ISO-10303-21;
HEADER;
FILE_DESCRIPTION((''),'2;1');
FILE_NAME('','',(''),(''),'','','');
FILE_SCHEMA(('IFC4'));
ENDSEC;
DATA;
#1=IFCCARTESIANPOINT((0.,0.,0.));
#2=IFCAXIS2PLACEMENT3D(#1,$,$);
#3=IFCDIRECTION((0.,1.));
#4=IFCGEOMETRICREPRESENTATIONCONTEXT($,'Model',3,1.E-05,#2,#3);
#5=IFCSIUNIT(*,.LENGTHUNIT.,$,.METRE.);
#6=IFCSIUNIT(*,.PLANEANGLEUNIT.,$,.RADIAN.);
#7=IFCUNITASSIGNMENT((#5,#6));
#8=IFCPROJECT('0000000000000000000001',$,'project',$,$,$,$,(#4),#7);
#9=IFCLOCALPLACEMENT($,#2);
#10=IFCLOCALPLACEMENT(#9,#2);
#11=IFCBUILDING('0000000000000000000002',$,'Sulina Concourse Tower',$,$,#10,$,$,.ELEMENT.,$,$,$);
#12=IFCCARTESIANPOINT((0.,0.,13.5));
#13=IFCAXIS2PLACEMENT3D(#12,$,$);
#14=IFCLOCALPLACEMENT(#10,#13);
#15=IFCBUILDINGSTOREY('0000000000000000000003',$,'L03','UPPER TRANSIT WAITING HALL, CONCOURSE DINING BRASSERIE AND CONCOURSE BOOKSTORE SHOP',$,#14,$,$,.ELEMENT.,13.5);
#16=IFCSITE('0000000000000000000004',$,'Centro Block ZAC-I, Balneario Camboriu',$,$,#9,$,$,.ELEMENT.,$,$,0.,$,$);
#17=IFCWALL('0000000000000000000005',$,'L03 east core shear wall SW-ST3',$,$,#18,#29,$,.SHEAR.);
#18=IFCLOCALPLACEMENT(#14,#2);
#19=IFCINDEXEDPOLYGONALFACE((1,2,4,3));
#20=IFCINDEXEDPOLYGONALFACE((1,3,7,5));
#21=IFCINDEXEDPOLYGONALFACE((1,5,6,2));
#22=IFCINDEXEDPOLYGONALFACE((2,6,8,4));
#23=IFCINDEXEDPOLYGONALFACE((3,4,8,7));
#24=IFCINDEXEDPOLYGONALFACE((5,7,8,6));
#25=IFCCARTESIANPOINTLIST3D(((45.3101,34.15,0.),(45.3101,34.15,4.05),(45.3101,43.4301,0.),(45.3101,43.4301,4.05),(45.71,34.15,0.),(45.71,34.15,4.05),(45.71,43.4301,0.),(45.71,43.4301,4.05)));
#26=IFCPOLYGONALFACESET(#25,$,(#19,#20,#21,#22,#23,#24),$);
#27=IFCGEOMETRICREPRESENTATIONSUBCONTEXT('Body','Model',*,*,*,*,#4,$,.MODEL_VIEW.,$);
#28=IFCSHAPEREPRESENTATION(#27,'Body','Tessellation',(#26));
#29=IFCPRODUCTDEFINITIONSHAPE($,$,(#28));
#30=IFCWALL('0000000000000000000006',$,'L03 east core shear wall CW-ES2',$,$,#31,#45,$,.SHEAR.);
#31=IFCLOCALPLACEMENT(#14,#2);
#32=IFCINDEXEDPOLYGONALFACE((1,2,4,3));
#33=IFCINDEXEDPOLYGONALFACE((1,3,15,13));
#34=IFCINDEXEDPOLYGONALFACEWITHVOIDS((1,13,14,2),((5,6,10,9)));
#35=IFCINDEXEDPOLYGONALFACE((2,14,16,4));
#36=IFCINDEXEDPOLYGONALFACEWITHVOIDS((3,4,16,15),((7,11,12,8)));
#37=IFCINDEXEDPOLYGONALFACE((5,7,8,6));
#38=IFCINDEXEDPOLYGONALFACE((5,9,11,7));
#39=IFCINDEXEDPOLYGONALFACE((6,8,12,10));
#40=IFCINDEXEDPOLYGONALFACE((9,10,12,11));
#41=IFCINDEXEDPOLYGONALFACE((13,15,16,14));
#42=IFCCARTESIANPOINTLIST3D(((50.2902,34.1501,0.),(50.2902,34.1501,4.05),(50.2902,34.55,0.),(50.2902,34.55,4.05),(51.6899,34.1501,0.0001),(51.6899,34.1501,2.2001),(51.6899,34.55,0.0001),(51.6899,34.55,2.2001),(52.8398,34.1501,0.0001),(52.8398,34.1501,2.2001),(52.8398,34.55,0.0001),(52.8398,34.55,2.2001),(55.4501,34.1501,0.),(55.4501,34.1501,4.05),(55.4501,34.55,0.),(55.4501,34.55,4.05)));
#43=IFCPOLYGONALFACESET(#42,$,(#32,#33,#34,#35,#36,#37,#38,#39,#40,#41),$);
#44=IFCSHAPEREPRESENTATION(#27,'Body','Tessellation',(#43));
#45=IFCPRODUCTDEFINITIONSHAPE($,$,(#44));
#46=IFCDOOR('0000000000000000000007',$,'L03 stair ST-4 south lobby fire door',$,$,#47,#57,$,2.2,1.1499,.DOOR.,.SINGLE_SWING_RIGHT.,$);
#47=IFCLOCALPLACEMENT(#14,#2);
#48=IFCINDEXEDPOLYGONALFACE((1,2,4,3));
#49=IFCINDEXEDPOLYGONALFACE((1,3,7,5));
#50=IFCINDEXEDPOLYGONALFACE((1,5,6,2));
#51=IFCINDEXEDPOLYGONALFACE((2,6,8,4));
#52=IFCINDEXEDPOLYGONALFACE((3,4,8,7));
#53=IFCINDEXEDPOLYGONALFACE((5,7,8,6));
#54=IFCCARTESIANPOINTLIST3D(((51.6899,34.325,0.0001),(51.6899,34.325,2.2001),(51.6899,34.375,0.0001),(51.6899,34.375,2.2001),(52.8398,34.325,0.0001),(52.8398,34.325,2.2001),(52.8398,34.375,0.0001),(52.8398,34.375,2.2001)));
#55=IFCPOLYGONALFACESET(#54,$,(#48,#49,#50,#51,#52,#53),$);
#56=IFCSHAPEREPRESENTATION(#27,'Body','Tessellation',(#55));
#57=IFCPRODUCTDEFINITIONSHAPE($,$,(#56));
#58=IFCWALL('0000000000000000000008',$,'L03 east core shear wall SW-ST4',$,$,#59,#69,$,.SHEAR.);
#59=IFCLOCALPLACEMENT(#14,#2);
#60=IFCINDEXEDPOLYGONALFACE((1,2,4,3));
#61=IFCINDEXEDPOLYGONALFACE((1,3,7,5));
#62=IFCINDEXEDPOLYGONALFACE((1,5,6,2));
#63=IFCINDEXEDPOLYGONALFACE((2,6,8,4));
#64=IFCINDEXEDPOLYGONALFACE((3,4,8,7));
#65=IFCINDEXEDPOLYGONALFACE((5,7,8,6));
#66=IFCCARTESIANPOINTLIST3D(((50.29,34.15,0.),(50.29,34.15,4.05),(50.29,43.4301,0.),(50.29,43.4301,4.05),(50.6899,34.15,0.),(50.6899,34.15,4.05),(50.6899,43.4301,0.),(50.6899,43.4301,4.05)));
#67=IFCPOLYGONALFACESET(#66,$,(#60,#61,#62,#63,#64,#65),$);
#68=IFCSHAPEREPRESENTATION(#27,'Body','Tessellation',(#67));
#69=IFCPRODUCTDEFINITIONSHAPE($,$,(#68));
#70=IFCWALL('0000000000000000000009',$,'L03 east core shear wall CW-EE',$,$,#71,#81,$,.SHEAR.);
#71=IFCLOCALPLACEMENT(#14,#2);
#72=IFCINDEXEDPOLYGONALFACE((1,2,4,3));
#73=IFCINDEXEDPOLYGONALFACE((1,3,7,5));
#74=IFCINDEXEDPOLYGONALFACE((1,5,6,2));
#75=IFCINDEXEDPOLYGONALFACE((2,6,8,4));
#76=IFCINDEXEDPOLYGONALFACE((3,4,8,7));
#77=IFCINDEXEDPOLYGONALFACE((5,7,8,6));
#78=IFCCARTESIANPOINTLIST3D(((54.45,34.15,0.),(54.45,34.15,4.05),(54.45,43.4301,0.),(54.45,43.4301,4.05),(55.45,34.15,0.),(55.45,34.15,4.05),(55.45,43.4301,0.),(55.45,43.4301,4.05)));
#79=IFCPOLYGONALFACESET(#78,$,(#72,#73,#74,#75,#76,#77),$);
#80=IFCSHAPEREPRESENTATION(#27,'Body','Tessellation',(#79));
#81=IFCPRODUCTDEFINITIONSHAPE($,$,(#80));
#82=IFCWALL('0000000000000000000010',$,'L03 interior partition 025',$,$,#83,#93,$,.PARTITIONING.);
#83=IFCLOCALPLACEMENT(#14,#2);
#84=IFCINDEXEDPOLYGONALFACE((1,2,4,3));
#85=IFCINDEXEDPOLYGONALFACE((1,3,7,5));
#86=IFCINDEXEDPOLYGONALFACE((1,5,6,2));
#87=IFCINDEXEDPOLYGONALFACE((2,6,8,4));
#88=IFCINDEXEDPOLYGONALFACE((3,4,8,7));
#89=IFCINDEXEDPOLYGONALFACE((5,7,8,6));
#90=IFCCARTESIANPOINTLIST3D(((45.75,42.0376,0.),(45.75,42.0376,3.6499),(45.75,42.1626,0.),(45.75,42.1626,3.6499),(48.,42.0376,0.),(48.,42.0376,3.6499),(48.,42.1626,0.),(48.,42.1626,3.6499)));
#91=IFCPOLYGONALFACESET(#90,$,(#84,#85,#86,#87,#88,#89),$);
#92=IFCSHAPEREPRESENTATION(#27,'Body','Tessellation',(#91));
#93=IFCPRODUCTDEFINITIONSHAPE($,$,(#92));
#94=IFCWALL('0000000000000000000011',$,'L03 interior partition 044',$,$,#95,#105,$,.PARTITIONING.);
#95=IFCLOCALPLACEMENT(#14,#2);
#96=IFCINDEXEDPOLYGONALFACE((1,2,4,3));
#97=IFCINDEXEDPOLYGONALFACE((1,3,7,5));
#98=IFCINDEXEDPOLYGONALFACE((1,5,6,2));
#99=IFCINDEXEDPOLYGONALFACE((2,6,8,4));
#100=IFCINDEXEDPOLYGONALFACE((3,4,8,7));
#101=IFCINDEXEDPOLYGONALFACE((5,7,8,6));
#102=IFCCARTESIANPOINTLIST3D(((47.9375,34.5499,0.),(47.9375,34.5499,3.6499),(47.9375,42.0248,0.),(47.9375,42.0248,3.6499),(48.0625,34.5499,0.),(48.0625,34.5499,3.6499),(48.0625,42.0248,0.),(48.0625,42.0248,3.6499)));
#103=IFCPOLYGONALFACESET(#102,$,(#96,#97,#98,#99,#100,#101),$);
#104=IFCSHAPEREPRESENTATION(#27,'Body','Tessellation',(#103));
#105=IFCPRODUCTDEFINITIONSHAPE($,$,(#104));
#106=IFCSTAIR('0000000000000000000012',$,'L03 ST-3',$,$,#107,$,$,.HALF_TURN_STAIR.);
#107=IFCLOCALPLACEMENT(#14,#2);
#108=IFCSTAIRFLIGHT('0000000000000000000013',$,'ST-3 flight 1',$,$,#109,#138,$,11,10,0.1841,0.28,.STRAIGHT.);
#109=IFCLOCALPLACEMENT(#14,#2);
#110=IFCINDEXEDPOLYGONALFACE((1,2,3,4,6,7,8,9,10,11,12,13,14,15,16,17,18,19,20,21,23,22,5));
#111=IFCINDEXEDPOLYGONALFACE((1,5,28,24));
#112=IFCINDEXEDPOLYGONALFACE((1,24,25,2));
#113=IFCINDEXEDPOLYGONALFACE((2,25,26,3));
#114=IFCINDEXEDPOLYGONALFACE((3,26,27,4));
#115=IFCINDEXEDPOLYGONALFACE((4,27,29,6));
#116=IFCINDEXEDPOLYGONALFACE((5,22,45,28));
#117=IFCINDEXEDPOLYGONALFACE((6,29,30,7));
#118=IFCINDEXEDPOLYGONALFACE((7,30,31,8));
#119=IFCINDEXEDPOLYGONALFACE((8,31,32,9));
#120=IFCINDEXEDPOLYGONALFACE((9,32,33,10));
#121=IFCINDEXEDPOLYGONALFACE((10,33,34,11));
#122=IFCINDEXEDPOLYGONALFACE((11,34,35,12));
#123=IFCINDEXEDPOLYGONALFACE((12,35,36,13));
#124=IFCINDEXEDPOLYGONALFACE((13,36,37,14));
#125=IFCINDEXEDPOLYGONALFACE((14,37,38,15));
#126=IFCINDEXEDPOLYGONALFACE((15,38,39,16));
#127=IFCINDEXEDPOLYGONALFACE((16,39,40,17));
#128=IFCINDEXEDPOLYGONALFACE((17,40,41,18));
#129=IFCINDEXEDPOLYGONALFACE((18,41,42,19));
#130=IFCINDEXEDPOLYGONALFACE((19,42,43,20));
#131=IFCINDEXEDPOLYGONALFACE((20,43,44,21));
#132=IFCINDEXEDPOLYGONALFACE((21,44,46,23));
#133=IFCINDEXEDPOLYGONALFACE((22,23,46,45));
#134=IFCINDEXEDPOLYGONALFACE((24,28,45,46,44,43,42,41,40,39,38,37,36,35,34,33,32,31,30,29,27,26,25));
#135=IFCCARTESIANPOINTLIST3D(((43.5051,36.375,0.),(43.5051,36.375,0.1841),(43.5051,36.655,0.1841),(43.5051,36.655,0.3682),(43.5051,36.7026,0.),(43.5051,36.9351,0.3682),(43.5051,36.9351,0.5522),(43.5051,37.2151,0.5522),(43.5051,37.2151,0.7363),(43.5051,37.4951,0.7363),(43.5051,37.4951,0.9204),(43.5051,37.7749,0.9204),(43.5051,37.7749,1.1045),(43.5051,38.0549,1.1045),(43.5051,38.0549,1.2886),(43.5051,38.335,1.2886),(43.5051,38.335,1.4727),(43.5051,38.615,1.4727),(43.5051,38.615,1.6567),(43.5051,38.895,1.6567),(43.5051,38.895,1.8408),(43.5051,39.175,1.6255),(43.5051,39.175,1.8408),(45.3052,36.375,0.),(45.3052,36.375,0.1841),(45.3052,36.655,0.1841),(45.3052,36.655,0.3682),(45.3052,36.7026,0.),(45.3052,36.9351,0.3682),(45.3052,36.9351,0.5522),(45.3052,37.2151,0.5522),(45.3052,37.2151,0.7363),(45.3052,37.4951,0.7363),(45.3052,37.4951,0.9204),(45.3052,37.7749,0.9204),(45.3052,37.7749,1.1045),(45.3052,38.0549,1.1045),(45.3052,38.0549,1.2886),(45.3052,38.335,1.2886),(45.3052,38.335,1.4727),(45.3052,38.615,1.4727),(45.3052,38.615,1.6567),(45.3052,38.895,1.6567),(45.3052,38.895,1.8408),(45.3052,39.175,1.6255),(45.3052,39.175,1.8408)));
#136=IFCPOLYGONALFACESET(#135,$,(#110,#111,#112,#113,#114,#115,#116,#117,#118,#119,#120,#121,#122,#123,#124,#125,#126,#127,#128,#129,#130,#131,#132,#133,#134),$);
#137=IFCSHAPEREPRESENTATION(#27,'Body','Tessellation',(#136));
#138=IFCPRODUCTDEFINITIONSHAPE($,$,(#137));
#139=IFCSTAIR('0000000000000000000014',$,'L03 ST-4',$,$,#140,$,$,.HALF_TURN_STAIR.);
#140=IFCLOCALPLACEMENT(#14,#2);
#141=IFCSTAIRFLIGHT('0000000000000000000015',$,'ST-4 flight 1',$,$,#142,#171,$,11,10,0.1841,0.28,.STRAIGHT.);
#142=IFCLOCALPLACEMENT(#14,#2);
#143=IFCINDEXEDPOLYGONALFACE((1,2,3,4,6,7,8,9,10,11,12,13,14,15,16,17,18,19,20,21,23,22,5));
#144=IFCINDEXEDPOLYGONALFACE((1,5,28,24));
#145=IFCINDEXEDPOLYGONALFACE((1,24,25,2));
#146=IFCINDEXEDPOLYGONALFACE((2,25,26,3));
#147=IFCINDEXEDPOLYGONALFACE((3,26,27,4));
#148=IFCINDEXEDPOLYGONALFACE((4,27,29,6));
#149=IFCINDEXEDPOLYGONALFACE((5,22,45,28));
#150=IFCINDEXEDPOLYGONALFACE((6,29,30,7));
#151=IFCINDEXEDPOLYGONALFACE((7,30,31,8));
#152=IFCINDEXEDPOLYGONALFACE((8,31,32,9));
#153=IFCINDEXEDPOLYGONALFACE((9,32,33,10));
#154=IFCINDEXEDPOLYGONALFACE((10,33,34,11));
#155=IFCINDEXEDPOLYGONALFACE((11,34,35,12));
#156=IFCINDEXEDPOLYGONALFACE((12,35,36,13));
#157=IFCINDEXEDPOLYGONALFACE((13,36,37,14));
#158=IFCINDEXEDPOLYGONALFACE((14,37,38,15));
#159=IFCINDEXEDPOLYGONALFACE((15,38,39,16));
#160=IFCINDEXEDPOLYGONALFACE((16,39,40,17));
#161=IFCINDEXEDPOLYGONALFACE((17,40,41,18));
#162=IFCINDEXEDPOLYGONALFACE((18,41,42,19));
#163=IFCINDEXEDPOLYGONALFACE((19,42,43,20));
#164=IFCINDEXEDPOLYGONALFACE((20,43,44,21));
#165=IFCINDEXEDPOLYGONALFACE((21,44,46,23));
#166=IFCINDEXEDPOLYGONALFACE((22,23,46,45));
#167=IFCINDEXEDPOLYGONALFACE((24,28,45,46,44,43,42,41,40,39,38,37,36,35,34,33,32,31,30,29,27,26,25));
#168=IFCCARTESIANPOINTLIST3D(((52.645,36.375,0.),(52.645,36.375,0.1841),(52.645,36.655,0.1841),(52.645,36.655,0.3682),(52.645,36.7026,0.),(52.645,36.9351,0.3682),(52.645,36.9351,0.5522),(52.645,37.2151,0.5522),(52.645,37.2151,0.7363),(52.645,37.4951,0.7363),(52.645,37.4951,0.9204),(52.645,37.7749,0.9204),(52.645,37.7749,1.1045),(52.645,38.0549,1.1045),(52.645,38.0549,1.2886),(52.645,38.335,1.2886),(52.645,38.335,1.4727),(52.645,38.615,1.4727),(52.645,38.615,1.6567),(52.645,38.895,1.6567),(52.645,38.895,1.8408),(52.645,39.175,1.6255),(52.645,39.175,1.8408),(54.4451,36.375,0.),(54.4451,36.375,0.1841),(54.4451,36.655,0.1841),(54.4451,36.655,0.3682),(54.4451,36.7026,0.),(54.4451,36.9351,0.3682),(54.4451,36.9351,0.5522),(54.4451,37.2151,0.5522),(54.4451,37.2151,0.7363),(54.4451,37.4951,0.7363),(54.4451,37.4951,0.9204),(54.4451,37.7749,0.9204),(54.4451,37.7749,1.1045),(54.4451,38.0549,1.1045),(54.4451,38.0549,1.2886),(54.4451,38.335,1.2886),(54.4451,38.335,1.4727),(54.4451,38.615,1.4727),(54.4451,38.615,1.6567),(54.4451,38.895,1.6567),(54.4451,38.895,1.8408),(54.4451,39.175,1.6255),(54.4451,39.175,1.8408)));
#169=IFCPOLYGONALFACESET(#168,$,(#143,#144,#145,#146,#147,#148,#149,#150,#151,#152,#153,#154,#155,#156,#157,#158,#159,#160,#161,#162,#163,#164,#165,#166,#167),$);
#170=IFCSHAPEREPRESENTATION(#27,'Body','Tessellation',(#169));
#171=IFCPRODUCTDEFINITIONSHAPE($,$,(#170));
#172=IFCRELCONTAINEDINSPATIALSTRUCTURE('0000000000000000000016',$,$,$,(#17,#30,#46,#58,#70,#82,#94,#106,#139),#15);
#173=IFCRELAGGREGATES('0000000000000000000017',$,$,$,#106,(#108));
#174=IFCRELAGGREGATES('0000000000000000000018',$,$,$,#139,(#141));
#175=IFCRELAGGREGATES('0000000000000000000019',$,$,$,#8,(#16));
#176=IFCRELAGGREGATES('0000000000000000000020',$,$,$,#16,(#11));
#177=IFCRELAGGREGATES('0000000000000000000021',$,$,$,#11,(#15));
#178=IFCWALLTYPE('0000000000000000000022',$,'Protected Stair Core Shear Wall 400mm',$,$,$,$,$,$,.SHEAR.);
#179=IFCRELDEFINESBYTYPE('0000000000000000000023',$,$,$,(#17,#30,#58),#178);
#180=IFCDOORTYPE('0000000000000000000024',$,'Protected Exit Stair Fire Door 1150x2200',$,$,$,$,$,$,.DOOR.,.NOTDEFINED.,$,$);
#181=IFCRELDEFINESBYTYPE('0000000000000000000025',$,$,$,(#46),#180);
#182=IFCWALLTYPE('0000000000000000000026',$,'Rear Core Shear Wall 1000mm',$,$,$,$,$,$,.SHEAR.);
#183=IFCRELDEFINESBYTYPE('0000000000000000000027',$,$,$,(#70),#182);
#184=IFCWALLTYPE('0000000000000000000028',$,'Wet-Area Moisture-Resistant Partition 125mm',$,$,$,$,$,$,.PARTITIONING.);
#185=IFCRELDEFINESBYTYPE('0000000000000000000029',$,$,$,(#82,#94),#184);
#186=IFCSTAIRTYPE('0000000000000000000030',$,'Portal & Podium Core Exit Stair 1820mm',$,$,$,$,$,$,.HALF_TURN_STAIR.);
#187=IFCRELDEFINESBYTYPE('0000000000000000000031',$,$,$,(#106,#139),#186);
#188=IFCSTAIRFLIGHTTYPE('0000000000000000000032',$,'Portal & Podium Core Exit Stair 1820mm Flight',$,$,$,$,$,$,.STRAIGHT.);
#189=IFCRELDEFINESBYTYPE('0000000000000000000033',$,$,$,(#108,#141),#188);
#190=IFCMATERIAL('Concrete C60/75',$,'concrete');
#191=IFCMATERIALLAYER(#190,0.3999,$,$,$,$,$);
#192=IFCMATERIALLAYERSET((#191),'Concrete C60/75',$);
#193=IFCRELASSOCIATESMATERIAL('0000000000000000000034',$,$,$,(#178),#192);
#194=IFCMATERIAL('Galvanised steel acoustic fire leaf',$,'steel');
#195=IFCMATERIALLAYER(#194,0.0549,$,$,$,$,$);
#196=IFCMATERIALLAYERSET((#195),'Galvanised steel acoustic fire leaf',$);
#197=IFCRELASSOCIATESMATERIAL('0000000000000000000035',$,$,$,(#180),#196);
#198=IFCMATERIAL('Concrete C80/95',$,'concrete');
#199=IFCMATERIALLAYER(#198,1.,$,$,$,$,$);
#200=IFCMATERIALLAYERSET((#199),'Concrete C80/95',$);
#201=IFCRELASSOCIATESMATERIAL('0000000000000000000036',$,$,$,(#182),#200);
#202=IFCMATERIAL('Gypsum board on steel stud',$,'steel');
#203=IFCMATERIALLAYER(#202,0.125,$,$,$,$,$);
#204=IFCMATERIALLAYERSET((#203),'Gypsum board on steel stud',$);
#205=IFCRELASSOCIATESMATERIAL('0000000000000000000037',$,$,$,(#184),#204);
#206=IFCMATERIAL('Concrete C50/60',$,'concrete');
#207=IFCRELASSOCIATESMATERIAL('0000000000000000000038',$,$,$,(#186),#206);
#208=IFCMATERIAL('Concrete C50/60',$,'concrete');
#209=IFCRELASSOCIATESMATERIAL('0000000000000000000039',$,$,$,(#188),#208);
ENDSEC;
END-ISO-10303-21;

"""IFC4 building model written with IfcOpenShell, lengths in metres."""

from ifc_helpers import new_model, si_unit, direction, frame, frame_2d, origin, place, context, subcontext, project, spatial, polyline, rectangle, outline, extrude, material, layer, layer_set, type_object, element, fill, aggregate, save


model = new_model("IFC4")

# Units and contexts
model_context = context("Model", 3, precision=1e-05, world=origin(), true_north=direction((0.0, 1.0)))
body_context = subcontext(model_context, "Body", "Model", "MODEL_VIEW")
ifc_project = project(units=[si_unit("LENGTHUNIT", "METRE"), si_unit("PLANEANGLEUNIT", "RADIAN")], contexts=[model_context])

# Site, building, storey
site_placement = place(None, origin())
site = spatial("IfcSite", under=ifc_project, at=site_placement, Name="Centro Block ZAC-I, Balneario Camboriu", CompositionType="ELEMENT", RefElevation=0.0)
building_placement = place(site_placement, origin())
building = spatial("IfcBuilding", under=site, at=building_placement, Name="Sulina Concourse Tower", CompositionType="ELEMENT")
storey_placement = place(building_placement, frame((0.0, 0.0, 13.5)))
storey = spatial("IfcBuildingStorey", under=building, at=storey_placement, Name="L03", Description="UPPER TRANSIT WAITING HALL, CONCOURSE DINING BRASSERIE AND CONCOURSE BOOKSTORE SHOP", CompositionType="ELEMENT", Elevation=13.5)

# Wall
ifc_material_1 = material(Name="Concrete C60/75", Category="concrete")
ifc_layer_1 = layer(ifc_material_1, 0.3999)
ifc_layer_set_1 = layer_set([ifc_layer_1], Name="Concrete C60/75")
wall_type_1 = type_object("IfcWallType", Name="Protected Stair Core Shear Wall 400mm", PredefinedType="SHEAR", material=ifc_layer_set_1)
wall_1_placement = place(storey_placement, frame((45.51, 34.1499, 0.0), z_axis=(0.0, 0.0, 1.0), x_axis=(0.0, 1.0, 0.0)))
element("IfcWall", 1, at=wall_1_placement, inside=storey, type_object=wall_type_1, Name="L03 east core shear wall SW-ST3", PredefinedType="SHEAR", context=body_context, shape_type="SweptSolid", body=[
    extrude(rectangle(XDim=9.28, YDim=0.3999, at=frame_2d((4.6401, 0.0))), origin(), (0.0, 0.0, 1.0), 4.05),
])

# Wall, opening, door
wall_2_placement = place(storey_placement, frame((50.29, 34.3501, 0.0), z_axis=(0.0, 0.0, 1.0), x_axis=(1.0, 0.0, 0.0)))
wall_2 = element("IfcWall", 2, at=wall_2_placement, inside=storey, type_object=wall_type_1, Name="L03 east core shear wall CW-ES2", PredefinedType="SHEAR", context=body_context, shape_type="SweptSolid", body=[
    extrude(rectangle(XDim=5.1599, YDim=0.3999, at=frame_2d((2.5801, 0.0))), origin(), (0.0, 0.0, 1.0), 4.05),
])
opening_1_placement = place(wall_2_placement, frame((1.3999, 0.0, 0.0)))
opening_1 = element("IfcOpeningElement", 3, at=opening_1_placement, cuts=wall_2, PredefinedType="OPENING", context=body_context, shape_type="SweptSolid", body=[
    extrude(rectangle(XDim=1.1499, YDim=2.2, at=frame_2d((0.575, 1.1001))), frame((0.0, 0.21, 0.0), z_axis=(0.0, -1.0, 0.0), x_axis=(1.0, 0.0, 0.0)), (0.0, 0.0, 1.0), 0.4199),
])
ifc_material_2 = material(Name="Galvanised steel acoustic fire leaf", Category="steel")
ifc_layer_2 = layer(ifc_material_2, 0.0549)
ifc_layer_set_2 = layer_set([ifc_layer_2], Name="Galvanised steel acoustic fire leaf")
door_type_1 = type_object("IfcDoorType", Name="Protected Exit Stair Fire Door 1150x2200", OperationType="NOTDEFINED", PredefinedType="DOOR", material=ifc_layer_set_2)
door_1_placement = place(opening_1_placement, origin())
door_1 = element("IfcDoor", 4, at=door_1_placement, inside=storey, type_object=door_type_1, Name="L03 stair ST-4 south lobby fire door", OperationType="SINGLE_SWING_RIGHT", OverallHeight=2.2, OverallWidth=1.1499, PredefinedType="DOOR", context=body_context, shape_type="SweptSolid", body=[
    extrude(rectangle(XDim=1.1499, YDim=2.2, at=frame_2d((0.575, 1.1001))), frame((0.0, 0.0249, 0.0), z_axis=(0.0, -1.0, 0.0), x_axis=(1.0, 0.0, 0.0)), (0.0, 0.0, 1.0), 0.05),
])
fill(opening_1, door_1)

# Walls
wall_3_placement = place(storey_placement, frame((50.49, 34.1499, 0.0), z_axis=(0.0, 0.0, 1.0), x_axis=(0.0, 1.0, 0.0)))
element("IfcWall", 5, at=wall_3_placement, inside=storey, type_object=wall_type_1, Name="L03 east core shear wall SW-ST4", PredefinedType="SHEAR", context=body_context, shape_type="SweptSolid", body=[
    extrude(rectangle(XDim=9.28, YDim=0.3999, at=frame_2d((4.6401, 0.0))), origin(), (0.0, 0.0, 1.0), 4.05),
])
ifc_material_3 = material(Name="Concrete C80/95", Category="concrete")
ifc_layer_3 = layer(ifc_material_3, 1.0)
ifc_layer_set_3 = layer_set([ifc_layer_3], Name="Concrete C80/95")
wall_type_2 = type_object("IfcWallType", Name="Rear Core Shear Wall 1000mm", PredefinedType="SHEAR", material=ifc_layer_set_3)
wall_4_placement = place(storey_placement, frame((54.95, 34.1499, 0.0), z_axis=(0.0, 0.0, 1.0), x_axis=(0.0, 1.0, 0.0)))
element("IfcWall", 6, at=wall_4_placement, inside=storey, type_object=wall_type_2, Name="L03 east core shear wall CW-EE", PredefinedType="SHEAR", context=body_context, shape_type="SweptSolid", body=[
    extrude(rectangle(XDim=9.28, YDim=1.0, at=frame_2d((4.6401, 0.0))), origin(), (0.0, 0.0, 1.0), 4.05),
])
ifc_material_4 = material(Name="Gypsum board on steel stud", Category="steel")
ifc_layer_4 = layer(ifc_material_4, 0.125)
ifc_layer_set_4 = layer_set([ifc_layer_4], Name="Gypsum board on steel stud")
wall_type_3 = type_object("IfcWallType", Name="Wet-Area Moisture-Resistant Partition 125mm", PredefinedType="PARTITIONING", material=ifc_layer_set_4)
wall_5_placement = place(storey_placement, frame((45.75, 42.1001, 0.0), z_axis=(0.0, 0.0, 1.0), x_axis=(1.0, 0.0, 0.0)))
element("IfcWall", 7, at=wall_5_placement, inside=storey, type_object=wall_type_3, Name="L03 interior partition 025", PredefinedType="PARTITIONING", context=body_context, shape_type="SweptSolid", body=[
    extrude(rectangle(XDim=2.25, YDim=0.125, at=frame_2d((1.125, 0.0))), origin(), (0.0, 0.0, 1.0), 3.6499),
])
wall_6_placement = place(storey_placement, frame((48.0, 34.55, 0.0), z_axis=(0.0, 0.0, 1.0), x_axis=(0.0, 1.0, 0.0)))
element("IfcWall", 8, at=wall_6_placement, inside=storey, type_object=wall_type_3, Name="L03 interior partition 044", PredefinedType="PARTITIONING", context=body_context, shape_type="SweptSolid", body=[
    extrude(rectangle(XDim=7.4749, YDim=0.125, at=frame_2d((3.7373, 0.0))), origin(), (0.0, 0.0, 1.0), 3.6499),
])

# Stair, stair flight
ifc_material_5 = material(Name="Concrete C50/60", Category="concrete")
stair_type = type_object("IfcStairType", Name="Portal & Podium Core Exit Stair 1820mm", PredefinedType="HALF_TURN_STAIR", material=ifc_material_5)
stair_1_placement = place(storey_placement, origin())
stair_1 = element("IfcStair", 9, at=stair_1_placement, inside=storey, type_object=stair_type, Name="L03 ST-3", PredefinedType="HALF_TURN_STAIR")
ifc_material_6 = material(Name="Concrete C50/60", Category="concrete")
stair_flight_type = type_object("IfcStairFlightType", Name="Portal & Podium Core Exit Stair 1820mm Flight", PredefinedType="STRAIGHT", material=ifc_material_6)
stair_flight_1_placement = place(storey_placement, frame((44.405, 36.375, 0.0), z_axis=(0.0, 0.0, 1.0), x_axis=(0.0, 1.0, 0.0)))
stair_flight_1 = element("IfcStairFlight", 10, at=stair_flight_1_placement, type_object=stair_flight_type, Name="ST-3 flight 1", NumberOfRisers=11, NumberOfTreads=10, PredefinedType="STRAIGHT", RiserHeight=0.1841, TreadLength=0.28, context=body_context, shape_type="SweptSolid", body=[
    extrude(outline(polyline([(0.0, 0.0), (0.0, 0.1841), (0.28, 0.1841), (0.28, 0.3682), (0.5601, 0.3682), (0.5601, 0.5522), (0.8401, 0.5522), (0.8401, 0.7363), (1.1201, 0.7363), (1.1201, 0.9204), (1.3999, 0.9204), (1.3999, 1.1045), (1.6799, 1.1045), (1.6799, 1.2886), (1.96, 1.2886), (1.96, 1.4727), (2.24, 1.4727), (2.24, 1.6567), (2.52, 1.6567), (2.52, 1.8408), (2.8, 1.8408), (2.8, 2.0249), (2.8, 1.6255), (0.3276, 0.0), (0.0, 0.0)])), frame((0.0, 0.8999, 0.0), z_axis=(0.0, -1.0, 0.0), x_axis=(1.0, 0.0, 0.0)), (0.0, 0.0, 1.0), 1.8),
])
aggregate(stair_1, [stair_flight_1])

# Stair, stair flight
stair_2_placement = place(storey_placement, origin())
stair_2 = element("IfcStair", 11, at=stair_2_placement, inside=storey, type_object=stair_type, Name="L03 ST-4", PredefinedType="HALF_TURN_STAIR")
stair_flight_2_placement = place(storey_placement, frame((53.5449, 36.375, 0.0), z_axis=(0.0, 0.0, 1.0), x_axis=(0.0, 1.0, 0.0)))
stair_flight_2 = element("IfcStairFlight", 12, at=stair_flight_2_placement, type_object=stair_flight_type, Name="ST-4 flight 1", NumberOfRisers=11, NumberOfTreads=10, PredefinedType="STRAIGHT", RiserHeight=0.1841, TreadLength=0.28, context=body_context, shape_type="SweptSolid", body=[
    extrude(outline(polyline([(0.0, 0.0), (0.0, 0.1841), (0.28, 0.1841), (0.28, 0.3682), (0.5601, 0.3682), (0.5601, 0.5522), (0.8401, 0.5522), (0.8401, 0.7363), (1.1201, 0.7363), (1.1201, 0.9204), (1.3999, 0.9204), (1.3999, 1.1045), (1.6799, 1.1045), (1.6799, 1.2886), (1.96, 1.2886), (1.96, 1.4727), (2.24, 1.4727), (2.24, 1.6567), (2.52, 1.6567), (2.52, 1.8408), (2.8, 1.8408), (2.8, 2.0249), (2.8, 1.6255), (0.3276, 0.0), (0.0, 0.0)])), frame((0.0, 0.8999, 0.0), z_axis=(0.0, -1.0, 0.0), x_axis=(1.0, 0.0, 0.0)), (0.0, 0.0, 1.0), 1.8),
])
aggregate(stair_2, [stair_flight_2])

save(model, "model.ifc")
